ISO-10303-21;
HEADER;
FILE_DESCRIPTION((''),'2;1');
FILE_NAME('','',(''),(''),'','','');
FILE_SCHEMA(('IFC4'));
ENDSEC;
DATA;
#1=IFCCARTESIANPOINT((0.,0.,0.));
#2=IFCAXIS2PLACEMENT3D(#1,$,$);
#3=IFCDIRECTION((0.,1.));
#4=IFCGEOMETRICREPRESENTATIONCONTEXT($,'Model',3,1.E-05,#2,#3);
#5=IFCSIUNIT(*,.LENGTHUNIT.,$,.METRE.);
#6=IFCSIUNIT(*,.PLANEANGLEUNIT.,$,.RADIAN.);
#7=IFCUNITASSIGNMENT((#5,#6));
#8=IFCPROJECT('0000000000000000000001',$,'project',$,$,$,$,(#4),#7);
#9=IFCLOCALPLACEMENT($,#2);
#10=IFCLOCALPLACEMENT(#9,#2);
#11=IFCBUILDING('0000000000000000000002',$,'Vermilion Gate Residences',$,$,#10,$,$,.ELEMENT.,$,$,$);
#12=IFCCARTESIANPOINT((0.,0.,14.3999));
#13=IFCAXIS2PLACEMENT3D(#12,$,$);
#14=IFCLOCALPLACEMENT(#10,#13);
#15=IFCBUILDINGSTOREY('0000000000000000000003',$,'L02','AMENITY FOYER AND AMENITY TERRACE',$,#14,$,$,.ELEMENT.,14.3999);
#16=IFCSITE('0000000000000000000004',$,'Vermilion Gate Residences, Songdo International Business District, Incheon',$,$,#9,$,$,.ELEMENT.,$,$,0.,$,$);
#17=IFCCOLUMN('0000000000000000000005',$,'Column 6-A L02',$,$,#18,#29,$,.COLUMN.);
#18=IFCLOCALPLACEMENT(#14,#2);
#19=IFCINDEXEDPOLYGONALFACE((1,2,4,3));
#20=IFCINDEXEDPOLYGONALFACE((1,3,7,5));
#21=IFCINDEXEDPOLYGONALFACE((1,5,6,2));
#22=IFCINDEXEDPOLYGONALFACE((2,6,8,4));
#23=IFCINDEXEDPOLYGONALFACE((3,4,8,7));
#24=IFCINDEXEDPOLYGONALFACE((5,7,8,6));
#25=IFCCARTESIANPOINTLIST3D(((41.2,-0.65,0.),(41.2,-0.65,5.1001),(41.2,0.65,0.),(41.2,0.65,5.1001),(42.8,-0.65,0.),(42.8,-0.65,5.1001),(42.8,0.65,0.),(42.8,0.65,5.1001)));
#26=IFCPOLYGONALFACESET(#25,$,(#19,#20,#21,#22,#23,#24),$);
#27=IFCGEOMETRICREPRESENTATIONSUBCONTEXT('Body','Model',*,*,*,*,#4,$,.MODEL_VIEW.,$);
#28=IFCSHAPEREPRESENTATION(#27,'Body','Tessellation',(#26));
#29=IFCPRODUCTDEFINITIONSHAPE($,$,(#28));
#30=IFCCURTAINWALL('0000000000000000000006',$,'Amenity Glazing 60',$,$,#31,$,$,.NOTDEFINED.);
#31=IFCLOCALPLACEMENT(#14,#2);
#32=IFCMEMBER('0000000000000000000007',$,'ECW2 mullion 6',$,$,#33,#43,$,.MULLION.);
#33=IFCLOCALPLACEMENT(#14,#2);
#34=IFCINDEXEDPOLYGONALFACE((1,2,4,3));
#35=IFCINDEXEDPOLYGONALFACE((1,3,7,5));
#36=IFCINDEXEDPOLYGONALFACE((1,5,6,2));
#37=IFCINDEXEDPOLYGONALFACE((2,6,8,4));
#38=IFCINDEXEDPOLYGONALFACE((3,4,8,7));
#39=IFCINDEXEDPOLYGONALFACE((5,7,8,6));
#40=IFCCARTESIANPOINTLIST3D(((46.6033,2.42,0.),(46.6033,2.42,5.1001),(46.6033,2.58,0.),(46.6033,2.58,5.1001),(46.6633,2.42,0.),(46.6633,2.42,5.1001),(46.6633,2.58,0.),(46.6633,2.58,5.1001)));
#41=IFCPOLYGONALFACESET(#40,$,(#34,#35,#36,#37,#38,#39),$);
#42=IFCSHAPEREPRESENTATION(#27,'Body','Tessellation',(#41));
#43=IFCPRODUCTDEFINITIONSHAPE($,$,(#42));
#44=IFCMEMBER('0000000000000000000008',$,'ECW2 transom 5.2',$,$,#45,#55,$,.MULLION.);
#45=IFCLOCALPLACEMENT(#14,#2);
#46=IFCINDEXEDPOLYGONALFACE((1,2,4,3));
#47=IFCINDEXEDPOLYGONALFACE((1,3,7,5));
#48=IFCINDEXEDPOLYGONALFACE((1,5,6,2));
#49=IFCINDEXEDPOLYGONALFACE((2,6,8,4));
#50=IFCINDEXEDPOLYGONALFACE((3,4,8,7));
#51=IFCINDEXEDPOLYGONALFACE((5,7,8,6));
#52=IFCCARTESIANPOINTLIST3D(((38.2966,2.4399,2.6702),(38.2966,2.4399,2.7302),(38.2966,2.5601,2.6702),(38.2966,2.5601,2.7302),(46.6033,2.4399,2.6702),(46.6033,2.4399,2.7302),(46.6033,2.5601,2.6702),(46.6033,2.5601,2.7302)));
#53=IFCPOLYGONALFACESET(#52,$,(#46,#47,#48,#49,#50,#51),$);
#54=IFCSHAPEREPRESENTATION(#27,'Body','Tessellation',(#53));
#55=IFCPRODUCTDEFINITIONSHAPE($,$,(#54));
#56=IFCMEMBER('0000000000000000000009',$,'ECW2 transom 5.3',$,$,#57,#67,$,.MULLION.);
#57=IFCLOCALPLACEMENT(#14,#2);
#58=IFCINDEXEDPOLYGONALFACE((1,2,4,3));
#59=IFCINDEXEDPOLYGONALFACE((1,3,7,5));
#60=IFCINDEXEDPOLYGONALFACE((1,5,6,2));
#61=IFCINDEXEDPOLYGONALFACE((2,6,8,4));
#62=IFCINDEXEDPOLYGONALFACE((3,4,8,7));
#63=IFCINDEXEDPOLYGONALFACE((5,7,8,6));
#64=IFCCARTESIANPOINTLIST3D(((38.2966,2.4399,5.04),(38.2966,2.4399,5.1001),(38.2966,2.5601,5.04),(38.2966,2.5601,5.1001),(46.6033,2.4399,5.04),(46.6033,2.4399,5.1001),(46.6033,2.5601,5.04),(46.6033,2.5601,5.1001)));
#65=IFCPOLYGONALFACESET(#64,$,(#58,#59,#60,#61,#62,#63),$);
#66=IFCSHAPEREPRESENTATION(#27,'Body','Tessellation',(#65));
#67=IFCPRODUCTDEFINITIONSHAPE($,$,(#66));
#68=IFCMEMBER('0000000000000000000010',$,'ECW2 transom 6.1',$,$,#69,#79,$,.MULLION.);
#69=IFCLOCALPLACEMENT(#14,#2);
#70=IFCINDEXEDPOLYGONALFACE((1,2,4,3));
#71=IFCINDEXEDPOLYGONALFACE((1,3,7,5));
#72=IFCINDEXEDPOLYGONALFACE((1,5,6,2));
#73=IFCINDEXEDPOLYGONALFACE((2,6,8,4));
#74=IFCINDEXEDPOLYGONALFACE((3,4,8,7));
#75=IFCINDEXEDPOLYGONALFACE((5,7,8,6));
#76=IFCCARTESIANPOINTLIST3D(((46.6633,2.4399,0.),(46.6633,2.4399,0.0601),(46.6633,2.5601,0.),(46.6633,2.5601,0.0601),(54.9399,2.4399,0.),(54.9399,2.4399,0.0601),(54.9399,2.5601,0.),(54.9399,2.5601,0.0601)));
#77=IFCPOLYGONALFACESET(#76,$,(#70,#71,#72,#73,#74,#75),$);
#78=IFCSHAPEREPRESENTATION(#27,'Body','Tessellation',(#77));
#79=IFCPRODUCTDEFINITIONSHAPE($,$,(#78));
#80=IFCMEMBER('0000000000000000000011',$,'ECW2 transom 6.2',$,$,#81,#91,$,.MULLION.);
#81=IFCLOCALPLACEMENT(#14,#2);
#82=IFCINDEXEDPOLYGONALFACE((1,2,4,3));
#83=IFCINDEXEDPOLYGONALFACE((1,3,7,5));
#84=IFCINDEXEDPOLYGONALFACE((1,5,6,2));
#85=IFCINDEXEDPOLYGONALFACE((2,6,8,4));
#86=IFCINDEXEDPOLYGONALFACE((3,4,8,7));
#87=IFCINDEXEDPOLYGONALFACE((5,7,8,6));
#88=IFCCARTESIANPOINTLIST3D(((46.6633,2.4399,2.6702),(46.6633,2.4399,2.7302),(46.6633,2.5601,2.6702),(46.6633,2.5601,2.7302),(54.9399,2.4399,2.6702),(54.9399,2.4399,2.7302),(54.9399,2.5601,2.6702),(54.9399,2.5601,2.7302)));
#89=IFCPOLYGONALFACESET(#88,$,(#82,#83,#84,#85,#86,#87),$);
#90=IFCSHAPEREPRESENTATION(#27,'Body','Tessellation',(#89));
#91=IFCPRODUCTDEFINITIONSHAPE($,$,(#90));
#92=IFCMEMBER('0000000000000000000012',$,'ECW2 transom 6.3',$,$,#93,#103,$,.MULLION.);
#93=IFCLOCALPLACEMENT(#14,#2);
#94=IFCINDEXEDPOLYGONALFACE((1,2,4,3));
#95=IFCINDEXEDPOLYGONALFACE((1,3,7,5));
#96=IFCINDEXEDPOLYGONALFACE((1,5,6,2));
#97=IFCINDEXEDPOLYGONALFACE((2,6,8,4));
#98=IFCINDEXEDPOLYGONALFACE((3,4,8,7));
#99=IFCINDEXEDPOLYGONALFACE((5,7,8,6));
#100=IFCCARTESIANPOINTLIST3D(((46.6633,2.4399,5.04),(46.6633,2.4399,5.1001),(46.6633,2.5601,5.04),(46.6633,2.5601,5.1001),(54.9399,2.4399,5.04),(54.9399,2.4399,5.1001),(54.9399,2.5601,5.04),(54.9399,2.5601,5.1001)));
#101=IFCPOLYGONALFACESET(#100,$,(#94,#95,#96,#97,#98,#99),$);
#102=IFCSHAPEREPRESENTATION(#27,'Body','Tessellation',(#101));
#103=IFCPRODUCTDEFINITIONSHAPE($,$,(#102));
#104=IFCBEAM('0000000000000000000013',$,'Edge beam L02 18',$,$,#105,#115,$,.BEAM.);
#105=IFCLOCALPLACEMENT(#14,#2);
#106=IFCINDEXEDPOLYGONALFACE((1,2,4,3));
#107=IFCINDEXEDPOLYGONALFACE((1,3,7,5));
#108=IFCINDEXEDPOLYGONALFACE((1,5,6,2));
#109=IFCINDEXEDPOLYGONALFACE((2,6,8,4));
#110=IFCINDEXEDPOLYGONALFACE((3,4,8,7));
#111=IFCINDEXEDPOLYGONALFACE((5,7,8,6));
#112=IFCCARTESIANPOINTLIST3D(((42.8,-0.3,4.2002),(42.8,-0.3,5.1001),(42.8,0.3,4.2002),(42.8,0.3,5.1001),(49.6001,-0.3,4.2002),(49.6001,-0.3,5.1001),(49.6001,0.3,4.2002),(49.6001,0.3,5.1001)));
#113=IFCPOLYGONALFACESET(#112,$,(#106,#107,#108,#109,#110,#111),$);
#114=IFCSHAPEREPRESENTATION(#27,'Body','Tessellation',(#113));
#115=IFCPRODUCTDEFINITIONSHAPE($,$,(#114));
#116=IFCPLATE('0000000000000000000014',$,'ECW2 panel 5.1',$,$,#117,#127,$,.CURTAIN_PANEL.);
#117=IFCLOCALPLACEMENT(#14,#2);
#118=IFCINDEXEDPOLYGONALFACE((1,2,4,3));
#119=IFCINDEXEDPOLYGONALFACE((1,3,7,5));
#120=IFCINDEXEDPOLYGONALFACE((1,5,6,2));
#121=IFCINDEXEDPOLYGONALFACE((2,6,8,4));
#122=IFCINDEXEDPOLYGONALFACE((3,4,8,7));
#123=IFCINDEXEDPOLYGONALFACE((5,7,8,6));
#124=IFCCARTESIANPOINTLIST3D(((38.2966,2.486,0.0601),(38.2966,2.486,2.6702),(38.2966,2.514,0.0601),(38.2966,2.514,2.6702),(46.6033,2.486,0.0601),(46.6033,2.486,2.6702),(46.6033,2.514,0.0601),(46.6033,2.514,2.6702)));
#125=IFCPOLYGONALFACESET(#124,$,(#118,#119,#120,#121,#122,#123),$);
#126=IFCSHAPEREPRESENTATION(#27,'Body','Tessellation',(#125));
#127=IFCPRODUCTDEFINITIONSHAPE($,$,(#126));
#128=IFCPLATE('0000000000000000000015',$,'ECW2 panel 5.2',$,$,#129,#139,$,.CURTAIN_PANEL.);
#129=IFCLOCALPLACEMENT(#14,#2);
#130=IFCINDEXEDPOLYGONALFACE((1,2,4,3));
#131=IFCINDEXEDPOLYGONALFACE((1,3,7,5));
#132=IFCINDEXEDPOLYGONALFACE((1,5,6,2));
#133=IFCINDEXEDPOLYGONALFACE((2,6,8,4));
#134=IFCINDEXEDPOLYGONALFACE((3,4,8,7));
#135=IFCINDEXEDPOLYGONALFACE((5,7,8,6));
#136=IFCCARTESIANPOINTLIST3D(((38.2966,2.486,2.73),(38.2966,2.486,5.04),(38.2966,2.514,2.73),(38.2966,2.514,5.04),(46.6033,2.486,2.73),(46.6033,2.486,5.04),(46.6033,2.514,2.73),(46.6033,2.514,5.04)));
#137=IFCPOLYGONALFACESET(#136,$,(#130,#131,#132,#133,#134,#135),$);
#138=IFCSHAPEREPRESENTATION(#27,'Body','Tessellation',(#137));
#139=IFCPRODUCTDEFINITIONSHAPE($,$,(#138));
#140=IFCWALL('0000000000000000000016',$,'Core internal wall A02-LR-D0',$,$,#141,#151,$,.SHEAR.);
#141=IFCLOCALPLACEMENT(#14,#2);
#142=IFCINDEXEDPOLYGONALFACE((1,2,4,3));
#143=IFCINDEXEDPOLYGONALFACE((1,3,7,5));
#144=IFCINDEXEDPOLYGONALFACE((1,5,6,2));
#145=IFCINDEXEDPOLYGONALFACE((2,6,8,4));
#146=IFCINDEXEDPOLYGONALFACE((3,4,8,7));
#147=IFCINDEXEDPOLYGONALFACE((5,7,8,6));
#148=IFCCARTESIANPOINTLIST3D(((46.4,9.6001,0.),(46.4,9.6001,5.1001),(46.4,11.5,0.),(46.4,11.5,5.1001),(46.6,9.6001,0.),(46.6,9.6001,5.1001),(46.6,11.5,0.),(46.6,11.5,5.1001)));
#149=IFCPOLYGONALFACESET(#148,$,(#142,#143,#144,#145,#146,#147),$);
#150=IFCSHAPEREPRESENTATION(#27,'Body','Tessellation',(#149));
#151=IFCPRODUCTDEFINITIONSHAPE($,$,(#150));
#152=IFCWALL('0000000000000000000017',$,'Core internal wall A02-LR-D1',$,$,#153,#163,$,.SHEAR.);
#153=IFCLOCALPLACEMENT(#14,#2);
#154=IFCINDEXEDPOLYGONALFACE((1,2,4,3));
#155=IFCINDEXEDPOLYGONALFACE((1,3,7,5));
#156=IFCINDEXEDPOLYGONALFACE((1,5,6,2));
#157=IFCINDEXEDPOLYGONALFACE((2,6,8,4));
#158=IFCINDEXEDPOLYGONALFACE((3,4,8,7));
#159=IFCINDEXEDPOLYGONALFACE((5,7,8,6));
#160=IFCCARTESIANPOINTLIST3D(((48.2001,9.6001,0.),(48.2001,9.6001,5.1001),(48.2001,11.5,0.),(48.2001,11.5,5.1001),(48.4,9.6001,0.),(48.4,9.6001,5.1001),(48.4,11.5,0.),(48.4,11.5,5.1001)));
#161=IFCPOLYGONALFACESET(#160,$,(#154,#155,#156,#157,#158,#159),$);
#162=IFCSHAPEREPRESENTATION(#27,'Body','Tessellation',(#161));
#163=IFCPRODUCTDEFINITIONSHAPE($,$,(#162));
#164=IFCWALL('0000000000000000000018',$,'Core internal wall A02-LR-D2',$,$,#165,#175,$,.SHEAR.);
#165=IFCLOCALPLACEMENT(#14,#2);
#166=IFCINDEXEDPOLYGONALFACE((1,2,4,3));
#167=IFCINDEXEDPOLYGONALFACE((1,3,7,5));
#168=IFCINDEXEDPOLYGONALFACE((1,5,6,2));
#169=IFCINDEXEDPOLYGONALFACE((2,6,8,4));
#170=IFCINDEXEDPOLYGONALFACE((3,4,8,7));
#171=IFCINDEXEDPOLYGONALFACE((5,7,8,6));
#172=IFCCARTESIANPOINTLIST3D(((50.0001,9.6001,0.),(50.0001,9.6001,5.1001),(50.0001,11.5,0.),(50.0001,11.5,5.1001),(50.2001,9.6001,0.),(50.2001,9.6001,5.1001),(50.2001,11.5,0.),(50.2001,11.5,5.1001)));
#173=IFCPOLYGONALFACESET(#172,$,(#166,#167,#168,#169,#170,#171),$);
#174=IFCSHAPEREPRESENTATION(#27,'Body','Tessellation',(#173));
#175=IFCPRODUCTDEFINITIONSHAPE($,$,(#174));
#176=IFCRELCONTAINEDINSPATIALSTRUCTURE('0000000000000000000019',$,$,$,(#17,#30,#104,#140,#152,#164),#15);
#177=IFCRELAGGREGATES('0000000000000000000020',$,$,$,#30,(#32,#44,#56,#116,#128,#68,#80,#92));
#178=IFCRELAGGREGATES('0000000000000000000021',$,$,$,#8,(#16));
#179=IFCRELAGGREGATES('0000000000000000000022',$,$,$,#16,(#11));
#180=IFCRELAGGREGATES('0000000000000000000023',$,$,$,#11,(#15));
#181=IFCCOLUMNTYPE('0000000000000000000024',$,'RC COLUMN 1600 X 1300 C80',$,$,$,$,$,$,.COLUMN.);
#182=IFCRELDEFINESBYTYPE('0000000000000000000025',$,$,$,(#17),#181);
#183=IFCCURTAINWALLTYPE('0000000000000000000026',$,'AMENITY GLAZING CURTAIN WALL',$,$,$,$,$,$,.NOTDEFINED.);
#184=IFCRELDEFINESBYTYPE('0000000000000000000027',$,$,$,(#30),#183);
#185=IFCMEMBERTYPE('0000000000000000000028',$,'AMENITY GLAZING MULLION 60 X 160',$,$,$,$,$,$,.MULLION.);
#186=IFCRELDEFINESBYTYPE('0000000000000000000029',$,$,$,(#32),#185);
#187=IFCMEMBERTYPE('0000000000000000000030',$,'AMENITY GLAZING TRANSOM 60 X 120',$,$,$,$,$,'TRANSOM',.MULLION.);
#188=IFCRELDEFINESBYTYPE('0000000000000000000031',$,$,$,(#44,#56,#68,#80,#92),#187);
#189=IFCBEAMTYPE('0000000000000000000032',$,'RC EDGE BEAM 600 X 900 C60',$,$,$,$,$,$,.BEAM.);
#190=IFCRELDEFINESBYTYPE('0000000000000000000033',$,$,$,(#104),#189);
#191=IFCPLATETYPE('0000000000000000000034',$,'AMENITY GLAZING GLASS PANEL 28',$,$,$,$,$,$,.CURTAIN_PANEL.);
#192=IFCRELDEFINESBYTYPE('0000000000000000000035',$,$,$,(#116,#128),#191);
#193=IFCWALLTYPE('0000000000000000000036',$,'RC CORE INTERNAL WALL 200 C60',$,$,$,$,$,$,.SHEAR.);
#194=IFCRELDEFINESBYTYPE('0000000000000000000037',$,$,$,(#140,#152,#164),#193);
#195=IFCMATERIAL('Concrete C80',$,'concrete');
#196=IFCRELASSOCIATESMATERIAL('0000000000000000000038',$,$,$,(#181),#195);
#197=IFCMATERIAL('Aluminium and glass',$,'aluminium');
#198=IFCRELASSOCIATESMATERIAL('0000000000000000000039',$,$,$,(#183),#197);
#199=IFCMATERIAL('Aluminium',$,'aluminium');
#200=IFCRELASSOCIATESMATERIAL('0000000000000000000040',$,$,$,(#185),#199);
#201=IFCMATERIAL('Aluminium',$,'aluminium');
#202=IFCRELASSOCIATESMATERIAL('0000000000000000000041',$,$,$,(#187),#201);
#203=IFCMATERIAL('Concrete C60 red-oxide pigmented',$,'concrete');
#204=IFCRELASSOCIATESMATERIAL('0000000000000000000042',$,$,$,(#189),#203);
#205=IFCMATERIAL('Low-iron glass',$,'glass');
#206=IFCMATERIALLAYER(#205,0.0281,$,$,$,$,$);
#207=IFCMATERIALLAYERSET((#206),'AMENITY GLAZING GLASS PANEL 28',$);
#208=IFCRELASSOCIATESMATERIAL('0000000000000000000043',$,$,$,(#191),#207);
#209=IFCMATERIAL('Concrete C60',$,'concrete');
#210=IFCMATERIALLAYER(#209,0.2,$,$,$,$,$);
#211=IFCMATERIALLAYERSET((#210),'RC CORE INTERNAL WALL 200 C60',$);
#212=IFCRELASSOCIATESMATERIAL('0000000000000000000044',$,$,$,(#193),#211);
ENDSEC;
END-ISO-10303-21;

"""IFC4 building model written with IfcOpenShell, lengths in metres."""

from ifc_helpers import new_model, si_unit, direction, frame, frame_2d, origin, origin_2d, place, context, subcontext, project, spatial, rectangle, extrude, material, layer, layer_set, material_profile, profile_set, type_object, element, aggregate, save


model = new_model("IFC4")

# Units and contexts
model_context = context("Model", 3, precision=1e-05, world=origin(), true_north=direction((0.0, 1.0)))
body_context = subcontext(model_context, "Body", "Model", "MODEL_VIEW")
ifc_project = project(units=[si_unit("LENGTHUNIT", "METRE"), si_unit("PLANEANGLEUNIT", "RADIAN")], contexts=[model_context])

# Site, building, storey
site_placement = place(None, origin())
site = spatial("IfcSite", under=ifc_project, at=site_placement, Name="Vermilion Gate Residences, Songdo International Business District, Incheon", CompositionType="ELEMENT", RefElevation=0.0)
building_placement = place(site_placement, origin())
building = spatial("IfcBuilding", under=site, at=building_placement, Name="Vermilion Gate Residences", CompositionType="ELEMENT")
storey_placement = place(building_placement, frame((0.0, 0.0, 14.3999)))
storey = spatial("IfcBuildingStorey", under=building, at=storey_placement, Name="L02", Description="AMENITY FOYER AND AMENITY TERRACE", CompositionType="ELEMENT", Elevation=14.3999)

# Column
ifc_material_1 = material(Name="Concrete C80", Category="concrete")
ifc_material_profile_1 = material_profile(ifc_material_1, rectangle(XDim=1.6001, YDim=1.3, at=origin_2d()), Name="RC-1600x1300")
ifc_profile_set_1 = profile_set([ifc_material_profile_1], Name="Concrete C80")
column_type = type_object("IfcColumnType", Name="RC COLUMN 1600 X 1300 C80", PredefinedType="COLUMN", material=ifc_profile_set_1)
column_placement = place(storey_placement, frame((42.0, 0.0, 0.0), z_axis=(0.0, 0.0, 1.0), x_axis=(1.0, 0.0, 0.0)))
element("IfcColumn", 1, at=column_placement, inside=storey, type_object=column_type, Name="Column 6-A L02", PredefinedType="COLUMN", context=body_context, shape_type="SweptSolid", body=[
    extrude(rectangle(XDim=1.6001, YDim=1.3, at=origin_2d()), origin(), (0.0, 0.0, 1.0), 5.1001),
])

# Curtain wall, members
ifc_material_2 = material(Name="Aluminium and glass", Category="aluminium")
curtain_wall_type = type_object("IfcCurtainWallType", Name="AMENITY GLAZING CURTAIN WALL", PredefinedType="NOTDEFINED", material=ifc_material_2)
curtain_wall_placement = place(storey_placement, origin())
curtain_wall = element("IfcCurtainWall", 2, at=curtain_wall_placement, inside=storey, type_object=curtain_wall_type, Name="Amenity Glazing 60", PredefinedType="NOTDEFINED")
ifc_material_3 = material(Name="Aluminium", Category="aluminium")
ifc_material_profile_2 = material_profile(ifc_material_3, rectangle(XDim=0.1599, YDim=0.0601, at=origin_2d()), Name="MULLION 60 X 160")
ifc_profile_set_2 = profile_set([ifc_material_profile_2], Name="Aluminium")
member_type_1 = type_object("IfcMemberType", Name="AMENITY GLAZING MULLION 60 X 160", PredefinedType="MULLION", material=ifc_profile_set_2)
member_1_placement = place(storey_placement, frame((46.6333, 2.5, 0.0), z_axis=(0.0, 0.0, 1.0), x_axis=(0.0, 1.0, 0.0)))
member_1 = element("IfcMember", 3, at=member_1_placement, type_object=member_type_1, Name="ECW2 mullion 6", PredefinedType="MULLION", context=body_context, shape_type="SweptSolid", body=[
    extrude(rectangle(XDim=0.1599, YDim=0.0601, at=origin_2d()), origin(), (0.0, 0.0, 1.0), 5.1001),
])
ifc_material_4 = material(Name="Aluminium", Category="aluminium")
ifc_material_profile_3 = material_profile(ifc_material_4, rectangle(XDim=0.1201, YDim=0.0601, at=origin_2d()), Name="TRANSOM 60 X 120")
ifc_profile_set_3 = profile_set([ifc_material_profile_3], Name="Aluminium")
member_type_2 = type_object("IfcMemberType", Name="AMENITY GLAZING TRANSOM 60 X 120", ElementType="TRANSOM", PredefinedType="MULLION", material=ifc_profile_set_3)
member_2_placement = place(storey_placement, frame((38.2966, 2.5, 2.7002), z_axis=(1.0, 0.0, 0.0), x_axis=(0.0, 1.0, 0.0)))
member_2 = element("IfcMember", 4, at=member_2_placement, type_object=member_type_2, Name="ECW2 transom 5.2", PredefinedType="MULLION", context=body_context, shape_type="SweptSolid", body=[
    extrude(rectangle(XDim=0.1201, YDim=0.0601, at=origin_2d()), origin(), (0.0, 0.0, 1.0), 8.3066),
])
member_3_placement = place(storey_placement, frame((38.2966, 2.5, 5.0701), z_axis=(1.0, 0.0, 0.0), x_axis=(0.0, 1.0, 0.0)))
member_3 = element("IfcMember", 5, at=member_3_placement, type_object=member_type_2, Name="ECW2 transom 5.3", PredefinedType="MULLION", context=body_context, shape_type="SweptSolid", body=[
    extrude(rectangle(XDim=0.1201, YDim=0.0601, at=origin_2d()), origin(), (0.0, 0.0, 1.0), 8.3066),
])
member_4_placement = place(storey_placement, frame((46.6633, 2.5, 0.03), z_axis=(1.0, 0.0, 0.0), x_axis=(0.0, 1.0, 0.0)))
member_4 = element("IfcMember", 6, at=member_4_placement, type_object=member_type_2, Name="ECW2 transom 6.1", PredefinedType="MULLION", context=body_context, shape_type="SweptSolid", body=[
    extrude(rectangle(XDim=0.1201, YDim=0.0601, at=origin_2d()), origin(), (0.0, 0.0, 1.0), 8.2766),
])
member_5_placement = place(storey_placement, frame((46.6633, 2.5, 2.7002), z_axis=(1.0, 0.0, 0.0), x_axis=(0.0, 1.0, 0.0)))
member_5 = element("IfcMember", 7, at=member_5_placement, type_object=member_type_2, Name="ECW2 transom 6.2", PredefinedType="MULLION", context=body_context, shape_type="SweptSolid", body=[
    extrude(rectangle(XDim=0.1201, YDim=0.0601, at=origin_2d()), origin(), (0.0, 0.0, 1.0), 8.2766),
])
member_6_placement = place(storey_placement, frame((46.6633, 2.5, 5.0701), z_axis=(1.0, 0.0, 0.0), x_axis=(0.0, 1.0, 0.0)))
member_6 = element("IfcMember", 8, at=member_6_placement, type_object=member_type_2, Name="ECW2 transom 6.3", PredefinedType="MULLION", context=body_context, shape_type="SweptSolid", body=[
    extrude(rectangle(XDim=0.1201, YDim=0.0601, at=origin_2d()), origin(), (0.0, 0.0, 1.0), 8.2766),
])

# Beam
ifc_material_5 = material(Name="Concrete C60 red-oxide pigmented", Category="concrete")
ifc_material_profile_4 = material_profile(ifc_material_5, rectangle(XDim=0.6001, YDim=0.8999, at=origin_2d()), Name="RC-600x900")
ifc_profile_set_4 = profile_set([ifc_material_profile_4], Name="Concrete C60 red-oxide pigmented")
beam_type = type_object("IfcBeamType", Name="RC EDGE BEAM 600 X 900 C60", PredefinedType="BEAM", material=ifc_profile_set_4)
beam_placement = place(storey_placement, frame((42.8, 0.0, 4.6501), z_axis=(1.0, 0.0, 0.0), x_axis=(0.0, 1.0, 0.0)))
element("IfcBeam", 9, at=beam_placement, inside=storey, type_object=beam_type, Name="Edge beam L02 18", PredefinedType="BEAM", context=body_context, shape_type="SweptSolid", body=[
    extrude(rectangle(XDim=0.6001, YDim=0.8999, at=origin_2d()), origin(), (0.0, 0.0, 1.0), 6.8),
])

# Plates
ifc_material_6 = material(Name="Low-iron glass", Category="glass")
ifc_layer_1 = layer(ifc_material_6, 0.0281)
ifc_layer_set_1 = layer_set([ifc_layer_1], Name="AMENITY GLAZING GLASS PANEL 28")
plate_type = type_object("IfcPlateType", Name="AMENITY GLAZING GLASS PANEL 28", PredefinedType="CURTAIN_PANEL", material=ifc_layer_set_1)
plate_1_placement = place(storey_placement, frame((42.45, 2.5, 0.0601), z_axis=(0.0, 0.0, 1.0), x_axis=(1.0, 0.0, 0.0)))
plate_1 = element("IfcPlate", 10, at=plate_1_placement, type_object=plate_type, Name="ECW2 panel 5.1", PredefinedType="CURTAIN_PANEL", context=body_context, shape_type="SweptSolid", body=[
    extrude(rectangle(XDim=8.3066, YDim=0.0281, at=origin_2d()), origin(), (0.0, 0.0, 1.0), 2.6101),
])
plate_2_placement = place(storey_placement, frame((42.45, 2.5, 2.73), z_axis=(0.0, 0.0, 1.0), x_axis=(1.0, 0.0, 0.0)))
plate_2 = element("IfcPlate", 11, at=plate_2_placement, type_object=plate_type, Name="ECW2 panel 5.2", PredefinedType="CURTAIN_PANEL", context=body_context, shape_type="SweptSolid", body=[
    extrude(rectangle(XDim=8.3066, YDim=0.0281, at=origin_2d()), origin(), (0.0, 0.0, 1.0), 2.3101),
])
aggregate(curtain_wall, [member_1, member_2, member_3, plate_1, plate_2, member_4, member_5, member_6])

# Walls
ifc_material_7 = material(Name="Concrete C60", Category="concrete")
ifc_layer_2 = layer(ifc_material_7, 0.2)
ifc_layer_set_2 = layer_set([ifc_layer_2], Name="RC CORE INTERNAL WALL 200 C60")
wall_type_1 = type_object("IfcWallType", Name="RC CORE INTERNAL WALL 200 C60", PredefinedType="SHEAR", material=ifc_layer_set_2)
for number, where, z_axis, x_axis, name in (
    (12, (46.5, 9.6001, 0.0), (0.0, 0.0, 1.0), (0.0, 1.0, 0.0), "Core internal wall A02-LR-D0"),
    (13, (48.3, 9.6001, 0.0), (0.0, 0.0, 1.0), (0.0, 1.0, 0.0), "Core internal wall A02-LR-D1"),
    (14, (50.1001, 9.6001, 0.0), (0.0, 0.0, 1.0), (0.0, 1.0, 0.0), "Core internal wall A02-LR-D2"),
):
    element("IfcWall", number, at=place(storey_placement, frame(where, z_axis=z_axis, x_axis=x_axis)), inside=storey, type_object=wall_type_1, Name=name, PredefinedType="SHEAR", context=body_context, shape_type="SweptSolid", body=[
        extrude(rectangle(XDim=1.8999, YDim=0.2, at=frame_2d((0.95, 0.0))), origin(), (0.0, 0.0, 1.0), 5.1001),
    ])

save(model, "model.ifc")
